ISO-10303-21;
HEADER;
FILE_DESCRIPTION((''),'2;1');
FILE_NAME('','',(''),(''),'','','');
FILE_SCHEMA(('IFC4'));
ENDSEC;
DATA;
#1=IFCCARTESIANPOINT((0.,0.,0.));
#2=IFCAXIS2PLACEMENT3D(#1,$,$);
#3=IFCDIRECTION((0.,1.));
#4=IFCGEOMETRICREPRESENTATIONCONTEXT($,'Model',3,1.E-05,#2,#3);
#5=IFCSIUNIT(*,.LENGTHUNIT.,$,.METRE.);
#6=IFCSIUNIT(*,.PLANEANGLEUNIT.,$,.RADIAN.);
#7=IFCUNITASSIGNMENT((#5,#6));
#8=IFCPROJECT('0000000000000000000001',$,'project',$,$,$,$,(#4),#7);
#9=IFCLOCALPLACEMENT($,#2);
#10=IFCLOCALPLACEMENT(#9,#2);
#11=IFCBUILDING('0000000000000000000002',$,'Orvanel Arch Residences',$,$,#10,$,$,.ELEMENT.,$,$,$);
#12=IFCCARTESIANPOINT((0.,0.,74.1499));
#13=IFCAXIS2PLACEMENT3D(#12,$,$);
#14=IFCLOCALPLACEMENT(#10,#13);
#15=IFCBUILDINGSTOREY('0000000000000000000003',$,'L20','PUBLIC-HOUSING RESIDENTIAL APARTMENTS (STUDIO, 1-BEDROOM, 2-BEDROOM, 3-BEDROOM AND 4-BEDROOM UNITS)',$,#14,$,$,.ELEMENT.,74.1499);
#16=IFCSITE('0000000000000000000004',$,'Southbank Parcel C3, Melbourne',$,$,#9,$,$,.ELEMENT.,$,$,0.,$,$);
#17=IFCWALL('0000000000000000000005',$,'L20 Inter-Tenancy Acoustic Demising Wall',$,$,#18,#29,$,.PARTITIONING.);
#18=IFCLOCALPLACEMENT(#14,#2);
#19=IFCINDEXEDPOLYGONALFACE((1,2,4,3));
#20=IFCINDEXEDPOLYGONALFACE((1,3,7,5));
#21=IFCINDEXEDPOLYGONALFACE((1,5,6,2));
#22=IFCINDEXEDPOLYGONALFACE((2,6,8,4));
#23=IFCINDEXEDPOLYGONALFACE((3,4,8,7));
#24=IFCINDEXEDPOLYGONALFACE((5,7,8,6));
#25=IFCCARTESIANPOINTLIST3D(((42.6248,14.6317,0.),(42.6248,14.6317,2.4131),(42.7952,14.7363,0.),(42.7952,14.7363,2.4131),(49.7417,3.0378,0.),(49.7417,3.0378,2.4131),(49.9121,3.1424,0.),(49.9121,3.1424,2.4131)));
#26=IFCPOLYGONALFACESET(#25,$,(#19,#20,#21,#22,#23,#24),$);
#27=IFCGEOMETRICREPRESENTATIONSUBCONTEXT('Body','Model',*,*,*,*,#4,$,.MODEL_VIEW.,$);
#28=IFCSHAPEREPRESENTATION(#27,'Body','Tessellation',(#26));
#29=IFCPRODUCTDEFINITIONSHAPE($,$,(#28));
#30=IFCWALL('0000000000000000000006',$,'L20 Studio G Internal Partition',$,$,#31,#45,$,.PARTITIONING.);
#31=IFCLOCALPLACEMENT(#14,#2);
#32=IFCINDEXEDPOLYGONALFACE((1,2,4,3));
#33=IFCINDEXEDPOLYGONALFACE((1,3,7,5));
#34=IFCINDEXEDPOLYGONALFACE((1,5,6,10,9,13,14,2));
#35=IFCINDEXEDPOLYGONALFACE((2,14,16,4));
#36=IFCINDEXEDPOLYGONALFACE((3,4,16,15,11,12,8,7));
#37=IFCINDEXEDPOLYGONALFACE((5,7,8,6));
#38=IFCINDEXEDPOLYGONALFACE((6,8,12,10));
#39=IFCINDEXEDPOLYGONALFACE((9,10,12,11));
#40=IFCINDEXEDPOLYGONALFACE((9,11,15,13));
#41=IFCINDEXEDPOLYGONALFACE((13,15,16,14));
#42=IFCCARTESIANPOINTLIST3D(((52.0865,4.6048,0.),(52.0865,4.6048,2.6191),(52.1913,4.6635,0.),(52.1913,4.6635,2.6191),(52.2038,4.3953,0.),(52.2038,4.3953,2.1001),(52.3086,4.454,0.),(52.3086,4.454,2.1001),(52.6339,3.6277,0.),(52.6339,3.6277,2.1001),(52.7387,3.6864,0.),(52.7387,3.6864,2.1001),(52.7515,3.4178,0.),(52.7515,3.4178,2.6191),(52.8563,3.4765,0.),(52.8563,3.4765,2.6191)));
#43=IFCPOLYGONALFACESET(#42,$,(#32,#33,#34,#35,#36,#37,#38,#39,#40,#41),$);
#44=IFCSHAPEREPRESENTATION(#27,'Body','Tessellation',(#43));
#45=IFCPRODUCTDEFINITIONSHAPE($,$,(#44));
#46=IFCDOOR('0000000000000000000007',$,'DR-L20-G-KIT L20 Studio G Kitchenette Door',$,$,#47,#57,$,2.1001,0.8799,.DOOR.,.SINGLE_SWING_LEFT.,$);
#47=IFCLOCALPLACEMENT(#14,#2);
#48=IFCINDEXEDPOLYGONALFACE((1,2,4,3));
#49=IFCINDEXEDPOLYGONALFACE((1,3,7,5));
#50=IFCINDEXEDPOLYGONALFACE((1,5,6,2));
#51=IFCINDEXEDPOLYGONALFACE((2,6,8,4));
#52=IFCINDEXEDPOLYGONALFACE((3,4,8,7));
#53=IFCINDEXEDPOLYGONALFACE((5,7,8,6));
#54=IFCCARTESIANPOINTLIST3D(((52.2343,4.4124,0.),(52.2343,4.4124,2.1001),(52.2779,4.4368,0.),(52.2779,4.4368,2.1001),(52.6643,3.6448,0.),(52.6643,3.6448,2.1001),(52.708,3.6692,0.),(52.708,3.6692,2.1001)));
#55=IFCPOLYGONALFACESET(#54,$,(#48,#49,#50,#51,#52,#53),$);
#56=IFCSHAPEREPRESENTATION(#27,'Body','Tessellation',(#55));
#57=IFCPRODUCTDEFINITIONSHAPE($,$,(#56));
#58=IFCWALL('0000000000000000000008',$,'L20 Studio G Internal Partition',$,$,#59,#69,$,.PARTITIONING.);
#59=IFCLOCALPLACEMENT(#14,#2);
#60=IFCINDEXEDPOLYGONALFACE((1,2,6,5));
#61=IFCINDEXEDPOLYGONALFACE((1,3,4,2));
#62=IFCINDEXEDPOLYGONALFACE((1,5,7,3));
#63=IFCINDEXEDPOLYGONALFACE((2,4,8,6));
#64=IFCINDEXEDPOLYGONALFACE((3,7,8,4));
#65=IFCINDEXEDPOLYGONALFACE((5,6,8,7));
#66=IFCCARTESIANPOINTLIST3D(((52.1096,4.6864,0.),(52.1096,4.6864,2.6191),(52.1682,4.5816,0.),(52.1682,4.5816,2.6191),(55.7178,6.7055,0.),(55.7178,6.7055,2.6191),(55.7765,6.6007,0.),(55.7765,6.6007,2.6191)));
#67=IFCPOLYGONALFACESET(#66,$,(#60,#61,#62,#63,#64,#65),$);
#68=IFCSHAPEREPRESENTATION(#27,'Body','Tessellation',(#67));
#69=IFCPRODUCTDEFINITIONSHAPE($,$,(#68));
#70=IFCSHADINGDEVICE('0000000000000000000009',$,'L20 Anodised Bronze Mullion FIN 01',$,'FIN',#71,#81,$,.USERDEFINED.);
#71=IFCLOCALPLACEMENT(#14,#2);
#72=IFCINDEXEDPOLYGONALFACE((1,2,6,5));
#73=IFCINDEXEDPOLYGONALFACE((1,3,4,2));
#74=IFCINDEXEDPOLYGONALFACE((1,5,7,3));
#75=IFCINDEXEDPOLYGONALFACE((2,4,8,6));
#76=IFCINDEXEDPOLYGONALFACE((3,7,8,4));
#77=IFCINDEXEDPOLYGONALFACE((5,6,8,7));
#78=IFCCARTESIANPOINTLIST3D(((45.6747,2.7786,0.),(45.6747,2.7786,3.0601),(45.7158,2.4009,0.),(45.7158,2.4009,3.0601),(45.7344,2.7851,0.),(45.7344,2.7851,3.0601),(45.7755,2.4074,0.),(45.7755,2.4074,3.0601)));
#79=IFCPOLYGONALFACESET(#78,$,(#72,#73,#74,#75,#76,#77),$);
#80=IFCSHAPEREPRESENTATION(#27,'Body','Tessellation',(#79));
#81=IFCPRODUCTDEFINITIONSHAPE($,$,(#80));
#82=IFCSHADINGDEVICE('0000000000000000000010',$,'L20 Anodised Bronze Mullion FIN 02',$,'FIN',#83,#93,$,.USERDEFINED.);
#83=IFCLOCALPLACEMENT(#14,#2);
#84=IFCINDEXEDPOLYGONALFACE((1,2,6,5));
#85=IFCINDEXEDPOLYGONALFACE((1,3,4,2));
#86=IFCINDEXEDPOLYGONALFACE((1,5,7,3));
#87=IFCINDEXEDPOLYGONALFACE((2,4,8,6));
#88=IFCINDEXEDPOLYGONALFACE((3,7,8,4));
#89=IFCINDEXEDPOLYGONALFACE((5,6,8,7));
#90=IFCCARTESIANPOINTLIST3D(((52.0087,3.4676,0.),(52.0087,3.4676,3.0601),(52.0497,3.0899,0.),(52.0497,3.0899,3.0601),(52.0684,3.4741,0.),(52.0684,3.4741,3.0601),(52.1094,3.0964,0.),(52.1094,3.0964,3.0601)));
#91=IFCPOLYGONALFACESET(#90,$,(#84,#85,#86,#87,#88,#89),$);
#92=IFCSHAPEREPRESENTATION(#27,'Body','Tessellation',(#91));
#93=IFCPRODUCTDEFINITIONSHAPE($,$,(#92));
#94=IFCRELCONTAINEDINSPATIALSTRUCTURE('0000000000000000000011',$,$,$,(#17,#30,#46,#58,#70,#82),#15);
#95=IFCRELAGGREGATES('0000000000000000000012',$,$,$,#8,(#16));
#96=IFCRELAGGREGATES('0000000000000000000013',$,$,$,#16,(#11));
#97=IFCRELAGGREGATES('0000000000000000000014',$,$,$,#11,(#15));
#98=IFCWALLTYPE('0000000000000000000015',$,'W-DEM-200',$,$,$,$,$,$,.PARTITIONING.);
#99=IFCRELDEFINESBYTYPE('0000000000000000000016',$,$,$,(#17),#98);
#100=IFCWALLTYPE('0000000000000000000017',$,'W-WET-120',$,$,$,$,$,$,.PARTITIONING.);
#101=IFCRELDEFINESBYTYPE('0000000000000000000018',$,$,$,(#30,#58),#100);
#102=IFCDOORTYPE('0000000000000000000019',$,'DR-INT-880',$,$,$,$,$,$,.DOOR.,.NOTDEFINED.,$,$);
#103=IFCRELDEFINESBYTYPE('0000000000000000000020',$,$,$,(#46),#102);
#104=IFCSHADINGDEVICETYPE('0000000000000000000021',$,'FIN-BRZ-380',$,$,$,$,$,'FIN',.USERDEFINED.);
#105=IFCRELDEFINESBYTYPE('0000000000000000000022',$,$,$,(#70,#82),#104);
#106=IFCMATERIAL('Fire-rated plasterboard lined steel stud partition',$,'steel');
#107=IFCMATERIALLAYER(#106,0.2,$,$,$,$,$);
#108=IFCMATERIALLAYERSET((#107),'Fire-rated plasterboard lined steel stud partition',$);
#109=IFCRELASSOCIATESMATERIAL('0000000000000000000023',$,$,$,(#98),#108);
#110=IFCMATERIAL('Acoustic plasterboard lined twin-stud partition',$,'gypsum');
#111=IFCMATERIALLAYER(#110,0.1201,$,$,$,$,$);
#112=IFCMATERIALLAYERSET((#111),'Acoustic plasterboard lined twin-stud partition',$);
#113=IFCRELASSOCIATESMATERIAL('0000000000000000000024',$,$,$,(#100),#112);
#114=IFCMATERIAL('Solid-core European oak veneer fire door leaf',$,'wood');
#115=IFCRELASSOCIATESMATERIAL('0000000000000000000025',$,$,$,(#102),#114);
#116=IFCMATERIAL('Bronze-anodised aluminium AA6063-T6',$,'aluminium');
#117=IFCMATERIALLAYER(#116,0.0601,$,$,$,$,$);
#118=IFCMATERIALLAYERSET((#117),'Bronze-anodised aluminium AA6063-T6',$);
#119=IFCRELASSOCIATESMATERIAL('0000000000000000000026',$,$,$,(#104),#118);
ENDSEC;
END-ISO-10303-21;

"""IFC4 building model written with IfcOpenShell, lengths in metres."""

from ifc_helpers import new_model, si_unit, direction, frame, frame_2d, origin, origin_2d, place, context, subcontext, project, spatial, rectangle, extrude, material, layer, layer_set, type_object, element, fill, save


model = new_model("IFC4")

# Units and contexts
model_context = context("Model", 3, precision=1e-05, world=origin(), true_north=direction((0.0, 1.0)))
body_context = subcontext(model_context, "Body", "Model", "MODEL_VIEW")
ifc_project = project(units=[si_unit("LENGTHUNIT", "METRE"), si_unit("PLANEANGLEUNIT", "RADIAN")], contexts=[model_context])

# Site, building, storey
site_placement = place(None, origin())
site = spatial("IfcSite", under=ifc_project, at=site_placement, Name="Southbank Parcel C3, Melbourne", CompositionType="ELEMENT", RefElevation=0.0)
building_placement = place(site_placement, origin())
building = spatial("IfcBuilding", under=site, at=building_placement, Name="Orvanel Arch Residences", CompositionType="ELEMENT")
storey_placement = place(building_placement, frame((0.0, 0.0, 74.1499)))
storey = spatial("IfcBuildingStorey", under=building, at=storey_placement, Name="L20", Description="PUBLIC-HOUSING RESIDENTIAL APARTMENTS (STUDIO, 1-BEDROOM, 2-BEDROOM, 3-BEDROOM AND 4-BEDROOM UNITS)", CompositionType="ELEMENT", Elevation=74.1499)

# Shared definitions
ifc_material_1 = material(Name="Bronze-anodised aluminium AA6063-T6", Category="aluminium")

# Wall
ifc_material_2 = material(Name="Fire-rated plasterboard lined steel stud partition", Category="steel")
ifc_layer_1 = layer(ifc_material_2, 0.2)
ifc_layer_set_1 = layer_set([ifc_layer_1], Name="Fire-rated plasterboard lined steel stud partition")
wall_type_1 = type_object("IfcWallType", Name="W-DEM-200", PredefinedType="PARTITIONING", material=ifc_layer_set_1)
wall_1_placement = place(storey_placement, frame((49.8269, 3.0901, 0.0), z_axis=(0.0, 0.0, 1.0), x_axis=(-0.523147, 0.852243, 0.0)))
element("IfcWall", 1, at=wall_1_placement, inside=storey, type_object=wall_type_1, Name="L20 Inter-Tenancy Acoustic Demising Wall", PredefinedType="PARTITIONING", context=body_context, shape_type="SweptSolid", body=[
    extrude(rectangle(XDim=13.604, YDim=0.2, at=frame_2d((6.802, 0.0))), origin(), (0.0, 0.0, 1.0), 2.4131),
])

# Wall, opening, door
ifc_material_3 = material(Name="Acoustic plasterboard lined twin-stud partition", Category="gypsum")
ifc_layer_2 = layer(ifc_material_3, 0.1201)
ifc_layer_set_2 = layer_set([ifc_layer_2], Name="Acoustic plasterboard lined twin-stud partition")
wall_type_2 = type_object("IfcWallType", Name="W-WET-120", PredefinedType="PARTITIONING", material=ifc_layer_set_2)
wall_2_placement = place(storey_placement, frame((52.1389, 4.634, 0.0), z_axis=(0.0, 0.0, 1.0), x_axis=(0.488778, -0.872408, 0.0)))
wall_2 = element("IfcWall", 2, at=wall_2_placement, inside=storey, type_object=wall_type_2, Name="L20 Studio G Internal Partition", PredefinedType="PARTITIONING", context=body_context, shape_type="SweptSolid", body=[
    extrude(rectangle(XDim=1.3606, YDim=0.1201, at=frame_2d((0.6802, 0.0))), origin(), (0.0, 0.0, 1.0), 2.6191),
])
opening_placement = place(wall_2_placement, frame((0.24, 0.0, 0.0)))
opening = element("IfcOpeningElement", 3, at=opening_placement, cuts=wall_2, PredefinedType="OPENING", context=body_context, shape_type="SweptSolid", body=[
    extrude(rectangle(XDim=0.8799, YDim=2.1001, at=frame_2d((0.4399, 1.05))), frame((0.0, 0.0701, 0.0), z_axis=(0.0, -1.0, 0.0), x_axis=(1.0, 0.0, 0.0)), (0.0, 0.0, 1.0), 0.1401),
])
ifc_material_4 = material(Name="Solid-core European oak veneer fire door leaf", Category="wood")
door_type = type_object("IfcDoorType", Name="DR-INT-880", OperationType="NOTDEFINED", PredefinedType="DOOR", material=ifc_material_4)
door_placement = place(opening_placement, origin())
door = element("IfcDoor", 4, at=door_placement, inside=storey, type_object=door_type, Name="DR-L20-G-KIT L20 Studio G Kitchenette Door", OperationType="SINGLE_SWING_LEFT", OverallHeight=2.1001, OverallWidth=0.8799, PredefinedType="DOOR", context=body_context, shape_type="SweptSolid", body=[
    extrude(rectangle(XDim=0.8799, YDim=2.1001, at=frame_2d((0.4399, 1.05))), frame((0.0, 0.0249, 0.0), z_axis=(0.0, -1.0, 0.0), x_axis=(1.0, 0.0, 0.0)), (0.0, 0.0, 1.0), 0.05),
])
fill(opening, door)

# Wall
wall_3_placement = place(storey_placement, frame((52.1389, 4.634, 0.0), z_axis=(0.0, 0.0, 1.0), x_axis=(0.872663, 0.488323, 0.0)))
element("IfcWall", 5, at=wall_3_placement, inside=storey, type_object=wall_type_2, Name="L20 Studio G Internal Partition", PredefinedType="PARTITIONING", context=body_context, shape_type="SweptSolid", body=[
    extrude(rectangle(XDim=4.1348, YDim=0.1201, at=frame_2d((2.0674, 0.0))), origin(), (0.0, 0.0, 1.0), 2.6191),
])

# Shading devices
ifc_layer_3 = layer(ifc_material_1, 0.0601)
ifc_layer_set_3 = layer_set([ifc_layer_3], Name="Bronze-anodised aluminium AA6063-T6")
shading_device_type = type_object("IfcShadingDeviceType", Name="FIN-BRZ-380", ElementType="FIN", PredefinedType="USERDEFINED", material=ifc_layer_set_3)
for number, where, z_axis, x_axis, name in (
    (6, (45.7251, 2.593, 0.0), (0.0, 0.0, 1.0), (0.107999, -0.994151, 0.0), "L20 Anodised Bronze Mullion FIN 01"),
    (7, (52.0591, 3.282, 0.0), (0.0, 0.0, 1.0), (0.107999, -0.994151, 0.0), "L20 Anodised Bronze Mullion FIN 02"),
):
    element("IfcShadingDevice", number, at=place(storey_placement, frame(where, z_axis=z_axis, x_axis=x_axis)), inside=storey, type_object=shading_device_type, Name=name, ObjectType="FIN", PredefinedType="USERDEFINED", context=body_context, shape_type="SweptSolid", body=[
        extrude(rectangle(XDim=0.3799, YDim=0.0601, at=origin_2d()), origin(), (0.0, 0.0, 1.0), 3.0601),
    ])

save(model, "model.ifc")
